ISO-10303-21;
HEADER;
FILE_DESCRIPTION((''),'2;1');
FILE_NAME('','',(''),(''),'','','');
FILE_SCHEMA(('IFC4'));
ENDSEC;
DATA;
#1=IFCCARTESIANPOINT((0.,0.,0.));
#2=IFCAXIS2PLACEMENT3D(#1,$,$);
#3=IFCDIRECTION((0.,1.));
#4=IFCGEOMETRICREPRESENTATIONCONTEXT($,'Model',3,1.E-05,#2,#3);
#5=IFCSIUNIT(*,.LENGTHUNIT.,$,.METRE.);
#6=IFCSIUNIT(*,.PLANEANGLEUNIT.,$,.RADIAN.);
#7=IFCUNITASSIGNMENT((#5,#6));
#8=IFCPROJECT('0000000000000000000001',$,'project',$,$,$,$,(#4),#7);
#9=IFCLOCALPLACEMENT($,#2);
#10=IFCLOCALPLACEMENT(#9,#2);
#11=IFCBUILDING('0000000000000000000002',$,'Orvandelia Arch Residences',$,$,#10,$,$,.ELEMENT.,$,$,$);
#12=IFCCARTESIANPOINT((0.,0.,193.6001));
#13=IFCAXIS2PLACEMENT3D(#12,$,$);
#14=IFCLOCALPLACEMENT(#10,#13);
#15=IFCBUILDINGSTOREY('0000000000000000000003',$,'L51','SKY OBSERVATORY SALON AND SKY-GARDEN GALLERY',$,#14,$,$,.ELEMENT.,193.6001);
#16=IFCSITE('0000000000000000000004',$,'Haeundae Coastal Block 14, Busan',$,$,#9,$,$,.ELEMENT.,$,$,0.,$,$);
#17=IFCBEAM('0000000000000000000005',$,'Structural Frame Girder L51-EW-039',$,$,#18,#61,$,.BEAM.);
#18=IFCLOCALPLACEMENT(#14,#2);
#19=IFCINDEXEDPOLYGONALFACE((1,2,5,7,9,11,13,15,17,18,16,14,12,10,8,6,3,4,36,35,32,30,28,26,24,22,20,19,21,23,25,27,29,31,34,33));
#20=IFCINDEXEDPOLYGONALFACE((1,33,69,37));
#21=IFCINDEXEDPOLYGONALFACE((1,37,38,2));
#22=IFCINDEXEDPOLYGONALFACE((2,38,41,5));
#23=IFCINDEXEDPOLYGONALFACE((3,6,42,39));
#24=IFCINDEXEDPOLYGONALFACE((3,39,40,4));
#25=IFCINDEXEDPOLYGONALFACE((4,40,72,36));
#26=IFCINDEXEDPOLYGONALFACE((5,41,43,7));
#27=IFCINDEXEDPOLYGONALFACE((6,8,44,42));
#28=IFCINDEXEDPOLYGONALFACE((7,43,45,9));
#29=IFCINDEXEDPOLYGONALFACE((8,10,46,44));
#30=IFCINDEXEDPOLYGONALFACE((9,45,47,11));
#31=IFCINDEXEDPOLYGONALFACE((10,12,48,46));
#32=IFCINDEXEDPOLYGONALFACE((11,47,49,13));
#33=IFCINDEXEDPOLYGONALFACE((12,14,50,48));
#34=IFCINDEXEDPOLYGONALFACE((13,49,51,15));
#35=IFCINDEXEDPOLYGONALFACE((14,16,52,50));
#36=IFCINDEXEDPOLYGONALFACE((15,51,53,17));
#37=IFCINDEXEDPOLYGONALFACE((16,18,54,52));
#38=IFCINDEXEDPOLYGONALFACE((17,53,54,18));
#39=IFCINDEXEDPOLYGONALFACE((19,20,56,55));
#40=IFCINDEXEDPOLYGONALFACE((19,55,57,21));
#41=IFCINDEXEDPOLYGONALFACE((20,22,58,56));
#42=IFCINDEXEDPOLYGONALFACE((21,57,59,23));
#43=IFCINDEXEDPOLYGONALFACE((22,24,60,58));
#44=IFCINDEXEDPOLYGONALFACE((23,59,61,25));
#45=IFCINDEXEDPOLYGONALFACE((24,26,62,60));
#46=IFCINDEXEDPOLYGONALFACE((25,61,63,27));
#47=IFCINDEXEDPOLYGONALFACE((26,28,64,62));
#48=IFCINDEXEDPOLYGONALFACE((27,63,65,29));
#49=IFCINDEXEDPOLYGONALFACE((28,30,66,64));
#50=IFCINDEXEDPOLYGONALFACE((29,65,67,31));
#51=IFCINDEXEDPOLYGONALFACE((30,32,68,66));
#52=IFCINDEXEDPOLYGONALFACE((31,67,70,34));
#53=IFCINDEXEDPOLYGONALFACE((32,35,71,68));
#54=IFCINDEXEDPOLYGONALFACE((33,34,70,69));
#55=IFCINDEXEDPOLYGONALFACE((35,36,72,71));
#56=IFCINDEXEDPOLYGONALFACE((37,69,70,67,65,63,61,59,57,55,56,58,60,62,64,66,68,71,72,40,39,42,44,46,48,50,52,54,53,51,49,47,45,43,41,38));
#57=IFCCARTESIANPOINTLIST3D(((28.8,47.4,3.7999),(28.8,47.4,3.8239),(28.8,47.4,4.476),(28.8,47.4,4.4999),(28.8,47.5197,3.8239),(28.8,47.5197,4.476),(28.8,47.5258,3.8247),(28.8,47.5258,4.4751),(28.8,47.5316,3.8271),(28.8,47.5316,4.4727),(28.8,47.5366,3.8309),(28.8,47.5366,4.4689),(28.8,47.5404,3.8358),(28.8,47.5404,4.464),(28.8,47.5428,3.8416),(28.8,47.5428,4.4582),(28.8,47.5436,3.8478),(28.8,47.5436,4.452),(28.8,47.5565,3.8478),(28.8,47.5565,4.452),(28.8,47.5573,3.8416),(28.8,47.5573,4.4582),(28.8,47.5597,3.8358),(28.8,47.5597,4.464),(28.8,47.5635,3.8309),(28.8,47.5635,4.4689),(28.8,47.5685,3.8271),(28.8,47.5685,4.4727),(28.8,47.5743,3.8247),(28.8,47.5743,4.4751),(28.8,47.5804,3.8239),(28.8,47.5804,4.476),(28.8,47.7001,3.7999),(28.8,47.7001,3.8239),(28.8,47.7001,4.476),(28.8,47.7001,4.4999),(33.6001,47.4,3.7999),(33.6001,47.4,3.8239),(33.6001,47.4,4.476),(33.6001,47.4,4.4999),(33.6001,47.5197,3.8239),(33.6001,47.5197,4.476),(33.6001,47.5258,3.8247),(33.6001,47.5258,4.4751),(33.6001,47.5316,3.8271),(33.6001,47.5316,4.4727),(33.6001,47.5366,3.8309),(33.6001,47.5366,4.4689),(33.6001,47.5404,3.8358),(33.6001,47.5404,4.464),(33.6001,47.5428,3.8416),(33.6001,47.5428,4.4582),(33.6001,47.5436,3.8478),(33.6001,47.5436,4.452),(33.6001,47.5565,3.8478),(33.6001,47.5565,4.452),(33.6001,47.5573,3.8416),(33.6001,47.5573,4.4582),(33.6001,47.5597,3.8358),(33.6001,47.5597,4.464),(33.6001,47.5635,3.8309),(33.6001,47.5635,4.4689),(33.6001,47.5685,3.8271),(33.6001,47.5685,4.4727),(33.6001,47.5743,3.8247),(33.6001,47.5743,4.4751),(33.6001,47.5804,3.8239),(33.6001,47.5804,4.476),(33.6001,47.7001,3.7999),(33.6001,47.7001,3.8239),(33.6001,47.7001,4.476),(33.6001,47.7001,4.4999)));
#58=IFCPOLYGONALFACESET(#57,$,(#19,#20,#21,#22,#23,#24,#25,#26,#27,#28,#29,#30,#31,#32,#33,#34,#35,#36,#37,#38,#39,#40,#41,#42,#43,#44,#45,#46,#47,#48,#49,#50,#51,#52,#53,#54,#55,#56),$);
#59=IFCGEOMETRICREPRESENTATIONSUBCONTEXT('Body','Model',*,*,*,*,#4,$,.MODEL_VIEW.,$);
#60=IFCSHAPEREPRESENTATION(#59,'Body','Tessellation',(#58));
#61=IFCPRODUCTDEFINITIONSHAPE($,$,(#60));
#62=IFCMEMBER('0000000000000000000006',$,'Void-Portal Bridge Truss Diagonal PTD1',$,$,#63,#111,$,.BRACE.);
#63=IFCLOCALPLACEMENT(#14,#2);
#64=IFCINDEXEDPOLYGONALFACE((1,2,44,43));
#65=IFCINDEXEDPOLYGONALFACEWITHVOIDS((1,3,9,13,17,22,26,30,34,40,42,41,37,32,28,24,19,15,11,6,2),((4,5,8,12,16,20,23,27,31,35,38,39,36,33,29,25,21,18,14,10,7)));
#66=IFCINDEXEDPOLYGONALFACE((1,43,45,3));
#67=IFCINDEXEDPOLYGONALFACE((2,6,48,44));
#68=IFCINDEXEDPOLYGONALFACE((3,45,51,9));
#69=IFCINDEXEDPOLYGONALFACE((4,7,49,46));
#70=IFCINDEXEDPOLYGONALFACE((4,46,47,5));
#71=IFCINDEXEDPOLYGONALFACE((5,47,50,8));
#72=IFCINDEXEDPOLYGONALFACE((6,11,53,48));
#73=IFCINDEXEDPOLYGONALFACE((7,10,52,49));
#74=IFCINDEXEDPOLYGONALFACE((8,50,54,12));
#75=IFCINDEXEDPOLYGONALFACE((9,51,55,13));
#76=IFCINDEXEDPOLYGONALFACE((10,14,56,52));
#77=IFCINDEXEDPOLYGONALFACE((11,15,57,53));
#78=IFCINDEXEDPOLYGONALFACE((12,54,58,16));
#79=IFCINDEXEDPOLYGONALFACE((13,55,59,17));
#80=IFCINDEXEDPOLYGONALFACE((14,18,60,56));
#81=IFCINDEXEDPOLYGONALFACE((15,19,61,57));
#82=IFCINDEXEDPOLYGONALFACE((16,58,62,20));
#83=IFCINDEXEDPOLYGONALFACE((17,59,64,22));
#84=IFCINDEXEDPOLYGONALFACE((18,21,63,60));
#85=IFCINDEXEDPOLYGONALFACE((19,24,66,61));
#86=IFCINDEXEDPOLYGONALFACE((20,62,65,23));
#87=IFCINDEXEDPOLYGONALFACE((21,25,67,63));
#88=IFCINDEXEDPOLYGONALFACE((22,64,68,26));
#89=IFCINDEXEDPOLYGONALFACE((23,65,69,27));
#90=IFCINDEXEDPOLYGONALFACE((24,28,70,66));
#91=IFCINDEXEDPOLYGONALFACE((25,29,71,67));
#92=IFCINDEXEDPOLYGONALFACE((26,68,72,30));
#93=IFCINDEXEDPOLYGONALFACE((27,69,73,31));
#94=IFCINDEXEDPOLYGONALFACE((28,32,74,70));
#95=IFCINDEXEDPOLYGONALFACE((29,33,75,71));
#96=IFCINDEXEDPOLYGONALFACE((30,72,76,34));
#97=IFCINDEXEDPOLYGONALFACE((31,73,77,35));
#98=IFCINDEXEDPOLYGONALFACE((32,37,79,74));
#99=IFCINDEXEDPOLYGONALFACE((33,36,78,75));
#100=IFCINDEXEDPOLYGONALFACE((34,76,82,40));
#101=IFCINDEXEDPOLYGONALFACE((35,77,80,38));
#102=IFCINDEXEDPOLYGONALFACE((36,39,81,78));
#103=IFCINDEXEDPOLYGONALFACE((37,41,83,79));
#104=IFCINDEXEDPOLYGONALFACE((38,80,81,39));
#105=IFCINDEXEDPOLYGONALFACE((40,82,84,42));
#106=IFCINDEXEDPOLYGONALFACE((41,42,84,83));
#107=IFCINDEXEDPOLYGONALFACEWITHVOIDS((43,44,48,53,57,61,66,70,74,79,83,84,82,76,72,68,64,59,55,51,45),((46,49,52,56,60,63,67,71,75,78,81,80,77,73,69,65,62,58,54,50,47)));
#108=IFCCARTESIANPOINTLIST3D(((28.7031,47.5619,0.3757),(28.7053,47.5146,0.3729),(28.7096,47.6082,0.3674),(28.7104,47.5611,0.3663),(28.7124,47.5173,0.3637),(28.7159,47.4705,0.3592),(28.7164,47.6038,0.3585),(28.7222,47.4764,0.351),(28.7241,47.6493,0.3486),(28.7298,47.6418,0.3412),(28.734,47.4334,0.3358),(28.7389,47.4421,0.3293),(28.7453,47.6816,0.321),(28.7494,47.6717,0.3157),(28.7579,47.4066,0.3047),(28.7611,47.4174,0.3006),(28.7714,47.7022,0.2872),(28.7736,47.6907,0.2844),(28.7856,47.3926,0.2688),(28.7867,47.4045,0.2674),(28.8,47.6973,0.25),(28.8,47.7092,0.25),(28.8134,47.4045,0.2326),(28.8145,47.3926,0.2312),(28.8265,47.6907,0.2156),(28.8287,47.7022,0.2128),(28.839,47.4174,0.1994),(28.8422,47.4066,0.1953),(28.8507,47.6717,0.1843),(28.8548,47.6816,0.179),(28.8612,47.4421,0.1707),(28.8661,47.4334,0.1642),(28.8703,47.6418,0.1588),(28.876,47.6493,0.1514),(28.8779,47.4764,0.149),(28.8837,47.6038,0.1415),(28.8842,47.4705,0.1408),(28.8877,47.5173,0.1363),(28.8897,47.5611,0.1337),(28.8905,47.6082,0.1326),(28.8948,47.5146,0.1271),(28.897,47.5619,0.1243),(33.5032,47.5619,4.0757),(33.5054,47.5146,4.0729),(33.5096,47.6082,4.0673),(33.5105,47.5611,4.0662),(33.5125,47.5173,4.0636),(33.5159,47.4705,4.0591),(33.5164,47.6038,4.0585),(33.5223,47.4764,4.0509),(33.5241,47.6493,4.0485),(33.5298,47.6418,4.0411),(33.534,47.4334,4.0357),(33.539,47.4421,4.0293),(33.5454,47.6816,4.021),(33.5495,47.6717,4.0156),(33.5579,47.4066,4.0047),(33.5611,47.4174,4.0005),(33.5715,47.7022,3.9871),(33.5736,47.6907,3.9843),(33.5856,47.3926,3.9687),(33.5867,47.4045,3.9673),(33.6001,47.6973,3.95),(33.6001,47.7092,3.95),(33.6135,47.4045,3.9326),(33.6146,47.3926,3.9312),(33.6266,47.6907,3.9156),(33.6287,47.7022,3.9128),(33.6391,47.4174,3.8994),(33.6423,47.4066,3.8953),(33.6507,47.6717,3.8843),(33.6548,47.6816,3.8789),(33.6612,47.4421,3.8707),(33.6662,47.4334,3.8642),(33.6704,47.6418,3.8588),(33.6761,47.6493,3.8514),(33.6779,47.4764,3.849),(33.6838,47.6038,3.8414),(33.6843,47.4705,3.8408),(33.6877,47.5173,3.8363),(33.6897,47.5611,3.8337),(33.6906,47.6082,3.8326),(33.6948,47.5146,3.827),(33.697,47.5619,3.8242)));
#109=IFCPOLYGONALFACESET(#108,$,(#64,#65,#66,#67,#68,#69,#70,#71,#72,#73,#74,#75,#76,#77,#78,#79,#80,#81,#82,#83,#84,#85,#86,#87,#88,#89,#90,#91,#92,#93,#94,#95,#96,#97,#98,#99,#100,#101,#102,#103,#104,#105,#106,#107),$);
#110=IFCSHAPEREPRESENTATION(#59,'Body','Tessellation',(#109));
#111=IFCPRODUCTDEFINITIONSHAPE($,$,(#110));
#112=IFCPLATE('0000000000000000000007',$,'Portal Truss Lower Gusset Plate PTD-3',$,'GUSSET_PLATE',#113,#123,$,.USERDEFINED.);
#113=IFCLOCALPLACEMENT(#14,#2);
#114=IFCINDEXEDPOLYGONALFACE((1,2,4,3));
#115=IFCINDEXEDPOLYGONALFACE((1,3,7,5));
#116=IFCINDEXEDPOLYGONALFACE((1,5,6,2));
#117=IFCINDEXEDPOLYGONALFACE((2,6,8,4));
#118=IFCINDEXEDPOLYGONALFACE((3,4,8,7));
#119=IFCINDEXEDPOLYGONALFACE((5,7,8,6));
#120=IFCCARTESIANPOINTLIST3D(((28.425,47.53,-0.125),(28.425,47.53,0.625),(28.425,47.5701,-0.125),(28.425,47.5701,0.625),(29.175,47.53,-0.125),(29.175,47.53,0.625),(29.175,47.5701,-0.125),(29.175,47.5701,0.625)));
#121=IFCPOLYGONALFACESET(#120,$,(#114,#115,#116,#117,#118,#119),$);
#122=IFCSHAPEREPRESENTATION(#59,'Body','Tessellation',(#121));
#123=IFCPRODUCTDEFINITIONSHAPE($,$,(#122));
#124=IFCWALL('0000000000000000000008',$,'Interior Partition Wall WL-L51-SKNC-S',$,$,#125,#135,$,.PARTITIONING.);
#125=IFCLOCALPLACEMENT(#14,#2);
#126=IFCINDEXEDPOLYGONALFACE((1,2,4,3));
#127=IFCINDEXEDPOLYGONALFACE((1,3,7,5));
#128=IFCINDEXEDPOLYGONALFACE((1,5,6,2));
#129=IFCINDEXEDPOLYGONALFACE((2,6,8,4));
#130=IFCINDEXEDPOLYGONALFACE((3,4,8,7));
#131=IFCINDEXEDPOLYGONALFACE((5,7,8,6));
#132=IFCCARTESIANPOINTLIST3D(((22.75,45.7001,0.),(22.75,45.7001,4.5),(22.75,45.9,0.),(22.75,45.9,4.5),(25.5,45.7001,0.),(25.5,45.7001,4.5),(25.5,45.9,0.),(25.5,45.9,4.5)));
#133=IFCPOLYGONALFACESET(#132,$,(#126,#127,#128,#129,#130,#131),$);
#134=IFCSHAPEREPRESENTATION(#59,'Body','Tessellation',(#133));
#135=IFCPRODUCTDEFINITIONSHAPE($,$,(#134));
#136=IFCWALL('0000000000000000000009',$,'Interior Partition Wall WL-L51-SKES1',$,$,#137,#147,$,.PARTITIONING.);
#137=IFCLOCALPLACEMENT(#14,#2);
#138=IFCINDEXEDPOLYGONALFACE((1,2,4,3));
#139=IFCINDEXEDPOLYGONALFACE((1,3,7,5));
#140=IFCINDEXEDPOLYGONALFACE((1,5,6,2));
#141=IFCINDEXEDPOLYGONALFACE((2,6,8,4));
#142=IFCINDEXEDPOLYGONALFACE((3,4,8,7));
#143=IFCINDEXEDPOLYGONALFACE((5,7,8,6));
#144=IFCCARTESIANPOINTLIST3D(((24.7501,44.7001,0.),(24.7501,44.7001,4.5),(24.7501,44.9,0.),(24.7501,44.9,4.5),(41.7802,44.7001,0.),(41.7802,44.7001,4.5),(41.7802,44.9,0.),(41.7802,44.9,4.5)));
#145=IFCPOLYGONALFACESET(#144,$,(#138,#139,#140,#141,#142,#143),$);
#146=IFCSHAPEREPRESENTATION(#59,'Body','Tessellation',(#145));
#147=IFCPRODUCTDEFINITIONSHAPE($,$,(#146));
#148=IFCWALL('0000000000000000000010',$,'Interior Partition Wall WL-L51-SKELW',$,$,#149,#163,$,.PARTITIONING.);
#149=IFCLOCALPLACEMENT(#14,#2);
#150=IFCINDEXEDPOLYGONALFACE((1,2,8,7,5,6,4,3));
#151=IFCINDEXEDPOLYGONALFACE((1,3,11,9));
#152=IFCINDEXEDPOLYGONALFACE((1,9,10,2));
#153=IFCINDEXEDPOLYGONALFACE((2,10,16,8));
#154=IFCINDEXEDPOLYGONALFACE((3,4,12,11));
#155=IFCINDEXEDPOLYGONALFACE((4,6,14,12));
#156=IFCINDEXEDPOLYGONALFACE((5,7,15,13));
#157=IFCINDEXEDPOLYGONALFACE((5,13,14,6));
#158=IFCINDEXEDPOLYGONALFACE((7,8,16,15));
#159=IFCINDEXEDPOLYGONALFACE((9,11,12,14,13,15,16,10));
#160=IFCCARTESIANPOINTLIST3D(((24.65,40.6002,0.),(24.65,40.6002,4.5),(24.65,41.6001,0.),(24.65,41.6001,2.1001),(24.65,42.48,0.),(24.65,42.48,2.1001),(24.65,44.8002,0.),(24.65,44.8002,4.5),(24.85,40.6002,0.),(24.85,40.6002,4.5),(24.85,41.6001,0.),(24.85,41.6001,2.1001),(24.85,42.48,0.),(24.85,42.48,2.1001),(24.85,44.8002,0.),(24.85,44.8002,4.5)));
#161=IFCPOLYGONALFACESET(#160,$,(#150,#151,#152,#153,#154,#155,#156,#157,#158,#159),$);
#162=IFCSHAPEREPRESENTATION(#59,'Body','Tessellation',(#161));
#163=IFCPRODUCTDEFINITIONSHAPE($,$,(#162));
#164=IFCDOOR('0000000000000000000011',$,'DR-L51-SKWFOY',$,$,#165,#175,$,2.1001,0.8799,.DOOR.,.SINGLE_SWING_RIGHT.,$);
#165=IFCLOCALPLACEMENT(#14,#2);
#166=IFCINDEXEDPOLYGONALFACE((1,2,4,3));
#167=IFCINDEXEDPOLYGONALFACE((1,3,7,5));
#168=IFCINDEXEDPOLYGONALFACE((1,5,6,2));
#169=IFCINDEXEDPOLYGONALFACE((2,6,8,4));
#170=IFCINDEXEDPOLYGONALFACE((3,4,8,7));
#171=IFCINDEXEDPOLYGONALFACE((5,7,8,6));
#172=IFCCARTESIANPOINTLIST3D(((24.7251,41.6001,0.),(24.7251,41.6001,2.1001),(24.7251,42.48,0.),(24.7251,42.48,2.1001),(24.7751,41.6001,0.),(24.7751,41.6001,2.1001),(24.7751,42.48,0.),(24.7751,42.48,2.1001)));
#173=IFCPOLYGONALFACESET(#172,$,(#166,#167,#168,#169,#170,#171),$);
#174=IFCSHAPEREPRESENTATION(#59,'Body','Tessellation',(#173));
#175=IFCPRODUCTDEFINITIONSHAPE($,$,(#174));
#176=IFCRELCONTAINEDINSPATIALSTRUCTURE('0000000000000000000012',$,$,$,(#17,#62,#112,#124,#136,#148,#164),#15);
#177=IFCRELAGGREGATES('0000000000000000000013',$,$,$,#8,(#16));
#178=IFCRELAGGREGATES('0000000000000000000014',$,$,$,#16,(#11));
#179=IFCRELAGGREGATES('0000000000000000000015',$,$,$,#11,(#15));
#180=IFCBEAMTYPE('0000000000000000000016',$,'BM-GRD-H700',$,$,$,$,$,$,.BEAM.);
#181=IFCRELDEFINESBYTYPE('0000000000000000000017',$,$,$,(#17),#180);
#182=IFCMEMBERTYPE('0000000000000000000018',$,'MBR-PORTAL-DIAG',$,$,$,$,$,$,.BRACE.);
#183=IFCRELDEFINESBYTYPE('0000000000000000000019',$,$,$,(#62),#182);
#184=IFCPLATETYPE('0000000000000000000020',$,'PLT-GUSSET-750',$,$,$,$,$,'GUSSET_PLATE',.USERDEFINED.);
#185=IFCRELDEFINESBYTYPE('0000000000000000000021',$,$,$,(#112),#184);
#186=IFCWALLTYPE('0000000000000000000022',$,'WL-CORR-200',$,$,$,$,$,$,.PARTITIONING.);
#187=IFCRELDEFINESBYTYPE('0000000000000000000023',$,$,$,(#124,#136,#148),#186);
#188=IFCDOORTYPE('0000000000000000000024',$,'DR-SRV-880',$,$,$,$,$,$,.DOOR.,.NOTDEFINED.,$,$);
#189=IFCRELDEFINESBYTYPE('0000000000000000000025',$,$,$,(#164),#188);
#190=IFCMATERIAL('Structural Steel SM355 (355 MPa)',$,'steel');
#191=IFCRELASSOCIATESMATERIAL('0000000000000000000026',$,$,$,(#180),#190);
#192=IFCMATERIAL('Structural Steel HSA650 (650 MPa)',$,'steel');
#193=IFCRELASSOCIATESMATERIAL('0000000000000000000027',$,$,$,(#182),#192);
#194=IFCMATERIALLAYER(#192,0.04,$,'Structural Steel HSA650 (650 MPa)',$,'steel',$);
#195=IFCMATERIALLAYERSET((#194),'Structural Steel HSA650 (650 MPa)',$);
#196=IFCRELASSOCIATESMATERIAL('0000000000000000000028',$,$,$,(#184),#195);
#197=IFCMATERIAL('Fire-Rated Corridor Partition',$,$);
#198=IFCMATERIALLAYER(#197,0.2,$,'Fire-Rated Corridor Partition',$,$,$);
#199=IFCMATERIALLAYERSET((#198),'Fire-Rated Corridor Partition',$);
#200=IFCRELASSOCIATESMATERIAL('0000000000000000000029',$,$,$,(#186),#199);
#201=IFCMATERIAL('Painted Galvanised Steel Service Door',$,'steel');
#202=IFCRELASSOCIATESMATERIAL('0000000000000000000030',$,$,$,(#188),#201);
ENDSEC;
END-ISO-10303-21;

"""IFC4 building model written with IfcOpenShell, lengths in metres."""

from ifc_helpers import new_model, si_unit, direction, frame, frame_2d, origin, origin_2d, place, context, subcontext, project, spatial, rectangle, hollow_circle, i_section, extrude, material, layer, layer_set, material_profile, profile_set, type_object, element, fill, save


model = new_model("IFC4")

# Units and contexts
model_context = context("Model", 3, precision=1e-05, world=origin(), true_north=direction((0.0, 1.0)))
body_context = subcontext(model_context, "Body", "Model", "MODEL_VIEW")
ifc_project = project(units=[si_unit("LENGTHUNIT", "METRE"), si_unit("PLANEANGLEUNIT", "RADIAN")], contexts=[model_context])

# Site, building, storey
site_placement = place(None, origin())
site = spatial("IfcSite", under=ifc_project, at=site_placement, Name="Haeundae Coastal Block 14, Busan", CompositionType="ELEMENT", RefElevation=0.0)
building_placement = place(site_placement, origin())
building = spatial("IfcBuilding", under=site, at=building_placement, Name="Orvandelia Arch Residences", CompositionType="ELEMENT")
storey_placement = place(building_placement, frame((0.0, 0.0, 193.6001)))
storey = spatial("IfcBuildingStorey", under=building, at=storey_placement, Name="L51", Description="SKY OBSERVATORY SALON AND SKY-GARDEN GALLERY", CompositionType="ELEMENT", Elevation=193.6001)

# Beam
ifc_material_1 = material(Name="Structural Steel SM355 (355 MPa)", Category="steel")
ifc_material_profile_1 = material_profile(ifc_material_1, i_section(OverallWidth=0.3, OverallDepth=0.7, WebThickness=0.0129, FlangeThickness=0.0239, FilletRadius=0.0239, at=origin_2d()), Name="Structural Steel SM355 (355 MPa)", Category="steel")
ifc_profile_set_1 = profile_set([ifc_material_profile_1], Name="Structural Steel SM355 (355 MPa)")
beam_type = type_object("IfcBeamType", Name="BM-GRD-H700", PredefinedType="BEAM", material=ifc_profile_set_1)
beam_1_placement = place(storey_placement, frame((28.8, 47.55, 4.1499), z_axis=(1.0, 0.0, 0.0), x_axis=(0.0, 1.0, 0.0)))
element("IfcBeam", 1, at=beam_1_placement, inside=storey, type_object=beam_type, Name="Structural Frame Girder L51-EW-039", PredefinedType="BEAM", context=body_context, shape_type="SweptSolid", body=[
    extrude(i_section(OverallWidth=0.3, OverallDepth=0.7, WebThickness=0.0129, FlangeThickness=0.0239, FilletRadius=0.0239, at=origin_2d()), origin(), (0.0, 0.0, 1.0), 4.8),
])

# Member
ifc_material_2 = material(Name="Structural Steel HSA650 (650 MPa)", Category="steel")
ifc_material_profile_2 = material_profile(ifc_material_2, hollow_circle(Radius=0.1592, WallThickness=0.012, at=origin_2d()), Name="Structural Steel HSA650 (650 MPa)", Category="steel")
ifc_profile_set_2 = profile_set([ifc_material_profile_2], Name="Structural Steel HSA650 (650 MPa)")
member_type = type_object("IfcMemberType", Name="MBR-PORTAL-DIAG", PredefinedType="BRACE", material=ifc_profile_set_2)
member_placement = place(storey_placement, frame((28.8, 47.55, 0.25), z_axis=(0.792017, 0.0, 0.610499), x_axis=(0.0, 1.0, 0.0)))
element("IfcMember", 2, at=member_placement, inside=storey, type_object=member_type, Name="Void-Portal Bridge Truss Diagonal PTD1", PredefinedType="BRACE", context=body_context, shape_type="SweptSolid", body=[
    extrude(hollow_circle(Radius=0.1592, WallThickness=0.012, at=origin_2d()), origin(), (0.0, 0.0, 1.0), 6.0605),
])

# Plate
ifc_layer_1 = layer(ifc_material_2, 0.04, Name="Structural Steel HSA650 (650 MPa)", Category="steel")
ifc_layer_set_1 = layer_set([ifc_layer_1], Name="Structural Steel HSA650 (650 MPa)")
plate_type = type_object("IfcPlateType", Name="PLT-GUSSET-750", ElementType="GUSSET_PLATE", PredefinedType="USERDEFINED", material=ifc_layer_set_1)
plate_placement = place(storey_placement, frame((28.8, 47.55, -0.125), z_axis=(0.0, 0.0, 1.0), x_axis=(1.0, 0.0, 0.0)))
element("IfcPlate", 3, at=plate_placement, inside=storey, type_object=plate_type, Name="Portal Truss Lower Gusset Plate PTD-3", ObjectType="GUSSET_PLATE", PredefinedType="USERDEFINED", context=body_context, shape_type="SweptSolid", body=[
    extrude(rectangle(XDim=0.75, YDim=0.04, at=origin_2d()), origin(), (0.0, 0.0, 1.0), 0.75),
])

# Walls
ifc_material_3 = material(Name="Fire-Rated Corridor Partition")
ifc_layer_2 = layer(ifc_material_3, 0.2, Name="Fire-Rated Corridor Partition")
ifc_layer_set_2 = layer_set([ifc_layer_2], Name="Fire-Rated Corridor Partition")
wall_type_1 = type_object("IfcWallType", Name="WL-CORR-200", PredefinedType="PARTITIONING", material=ifc_layer_set_2)
wall_1_placement = place(storey_placement, frame((22.75, 45.8, 0.0), z_axis=(0.0, 0.0, 1.0), x_axis=(1.0, 0.0, 0.0)))
element("IfcWall", 4, at=wall_1_placement, inside=storey, type_object=wall_type_1, Name="Interior Partition Wall WL-L51-SKNC-S", PredefinedType="PARTITIONING", context=body_context, shape_type="SweptSolid", body=[
    extrude(rectangle(XDim=2.75, YDim=0.2, at=frame_2d((1.375, 0.0))), origin(), (0.0, 0.0, 1.0), 4.5),
])
wall_2_placement = place(storey_placement, frame((24.75, 44.8, 0.0), z_axis=(0.0, 0.0, 1.0), x_axis=(1.0, 0.0, 0.0)))
element("IfcWall", 5, at=wall_2_placement, inside=storey, type_object=wall_type_1, Name="Interior Partition Wall WL-L51-SKES1", PredefinedType="PARTITIONING", context=body_context, shape_type="SweptSolid", body=[
    extrude(rectangle(XDim=17.03, YDim=0.2, at=frame_2d((8.5151, 0.0))), origin(), (0.0, 0.0, 1.0), 4.5),
])

# Wall, opening, door
wall_3_placement = place(storey_placement, frame((24.75, 40.6001, 0.0), z_axis=(0.0, 0.0, 1.0), x_axis=(0.0, 1.0, 0.0)))
wall_3 = element("IfcWall", 6, at=wall_3_placement, inside=storey, type_object=wall_type_1, Name="Interior Partition Wall WL-L51-SKELW", PredefinedType="PARTITIONING", context=body_context, shape_type="SweptSolid", body=[
    extrude(rectangle(XDim=4.2, YDim=0.2, at=frame_2d((2.1001, 0.0))), origin(), (0.0, 0.0, 1.0), 4.5),
])
opening_1_placement = place(wall_3_placement, frame((1.0, 0.0, 0.0)))
opening_1 = element("IfcOpeningElement", 7, at=opening_1_placement, cuts=wall_3, PredefinedType="OPENING", context=body_context, shape_type="SweptSolid", body=[
    extrude(rectangle(XDim=0.8799, YDim=2.1001, at=frame_2d((0.4399, 1.05))), frame((0.0, 0.1099, 0.0), z_axis=(0.0, -1.0, 0.0), x_axis=(1.0, 0.0, 0.0)), (0.0, 0.0, 1.0), 0.22),
])
ifc_material_4 = material(Name="Painted Galvanised Steel Service Door", Category="steel")
door_type_1 = type_object("IfcDoorType", Name="DR-SRV-880", OperationType="NOTDEFINED", PredefinedType="DOOR", material=ifc_material_4)
door_1_placement = place(opening_1_placement, origin())
door_1 = element("IfcDoor", 8, at=door_1_placement, inside=storey, type_object=door_type_1, Name="DR-L51-SKWFOY", OperationType="SINGLE_SWING_RIGHT", OverallHeight=2.1001, OverallWidth=0.8799, PredefinedType="DOOR", context=body_context, shape_type="SweptSolid", body=[
    extrude(rectangle(XDim=0.8799, YDim=2.1001, at=frame_2d((0.4399, 1.05))), frame((0.0, 0.0249, 0.0), z_axis=(0.0, -1.0, 0.0), x_axis=(1.0, 0.0, 0.0)), (0.0, 0.0, 1.0), 0.05),
])
fill(opening_1, door_1)

save(model, "model.ifc")
